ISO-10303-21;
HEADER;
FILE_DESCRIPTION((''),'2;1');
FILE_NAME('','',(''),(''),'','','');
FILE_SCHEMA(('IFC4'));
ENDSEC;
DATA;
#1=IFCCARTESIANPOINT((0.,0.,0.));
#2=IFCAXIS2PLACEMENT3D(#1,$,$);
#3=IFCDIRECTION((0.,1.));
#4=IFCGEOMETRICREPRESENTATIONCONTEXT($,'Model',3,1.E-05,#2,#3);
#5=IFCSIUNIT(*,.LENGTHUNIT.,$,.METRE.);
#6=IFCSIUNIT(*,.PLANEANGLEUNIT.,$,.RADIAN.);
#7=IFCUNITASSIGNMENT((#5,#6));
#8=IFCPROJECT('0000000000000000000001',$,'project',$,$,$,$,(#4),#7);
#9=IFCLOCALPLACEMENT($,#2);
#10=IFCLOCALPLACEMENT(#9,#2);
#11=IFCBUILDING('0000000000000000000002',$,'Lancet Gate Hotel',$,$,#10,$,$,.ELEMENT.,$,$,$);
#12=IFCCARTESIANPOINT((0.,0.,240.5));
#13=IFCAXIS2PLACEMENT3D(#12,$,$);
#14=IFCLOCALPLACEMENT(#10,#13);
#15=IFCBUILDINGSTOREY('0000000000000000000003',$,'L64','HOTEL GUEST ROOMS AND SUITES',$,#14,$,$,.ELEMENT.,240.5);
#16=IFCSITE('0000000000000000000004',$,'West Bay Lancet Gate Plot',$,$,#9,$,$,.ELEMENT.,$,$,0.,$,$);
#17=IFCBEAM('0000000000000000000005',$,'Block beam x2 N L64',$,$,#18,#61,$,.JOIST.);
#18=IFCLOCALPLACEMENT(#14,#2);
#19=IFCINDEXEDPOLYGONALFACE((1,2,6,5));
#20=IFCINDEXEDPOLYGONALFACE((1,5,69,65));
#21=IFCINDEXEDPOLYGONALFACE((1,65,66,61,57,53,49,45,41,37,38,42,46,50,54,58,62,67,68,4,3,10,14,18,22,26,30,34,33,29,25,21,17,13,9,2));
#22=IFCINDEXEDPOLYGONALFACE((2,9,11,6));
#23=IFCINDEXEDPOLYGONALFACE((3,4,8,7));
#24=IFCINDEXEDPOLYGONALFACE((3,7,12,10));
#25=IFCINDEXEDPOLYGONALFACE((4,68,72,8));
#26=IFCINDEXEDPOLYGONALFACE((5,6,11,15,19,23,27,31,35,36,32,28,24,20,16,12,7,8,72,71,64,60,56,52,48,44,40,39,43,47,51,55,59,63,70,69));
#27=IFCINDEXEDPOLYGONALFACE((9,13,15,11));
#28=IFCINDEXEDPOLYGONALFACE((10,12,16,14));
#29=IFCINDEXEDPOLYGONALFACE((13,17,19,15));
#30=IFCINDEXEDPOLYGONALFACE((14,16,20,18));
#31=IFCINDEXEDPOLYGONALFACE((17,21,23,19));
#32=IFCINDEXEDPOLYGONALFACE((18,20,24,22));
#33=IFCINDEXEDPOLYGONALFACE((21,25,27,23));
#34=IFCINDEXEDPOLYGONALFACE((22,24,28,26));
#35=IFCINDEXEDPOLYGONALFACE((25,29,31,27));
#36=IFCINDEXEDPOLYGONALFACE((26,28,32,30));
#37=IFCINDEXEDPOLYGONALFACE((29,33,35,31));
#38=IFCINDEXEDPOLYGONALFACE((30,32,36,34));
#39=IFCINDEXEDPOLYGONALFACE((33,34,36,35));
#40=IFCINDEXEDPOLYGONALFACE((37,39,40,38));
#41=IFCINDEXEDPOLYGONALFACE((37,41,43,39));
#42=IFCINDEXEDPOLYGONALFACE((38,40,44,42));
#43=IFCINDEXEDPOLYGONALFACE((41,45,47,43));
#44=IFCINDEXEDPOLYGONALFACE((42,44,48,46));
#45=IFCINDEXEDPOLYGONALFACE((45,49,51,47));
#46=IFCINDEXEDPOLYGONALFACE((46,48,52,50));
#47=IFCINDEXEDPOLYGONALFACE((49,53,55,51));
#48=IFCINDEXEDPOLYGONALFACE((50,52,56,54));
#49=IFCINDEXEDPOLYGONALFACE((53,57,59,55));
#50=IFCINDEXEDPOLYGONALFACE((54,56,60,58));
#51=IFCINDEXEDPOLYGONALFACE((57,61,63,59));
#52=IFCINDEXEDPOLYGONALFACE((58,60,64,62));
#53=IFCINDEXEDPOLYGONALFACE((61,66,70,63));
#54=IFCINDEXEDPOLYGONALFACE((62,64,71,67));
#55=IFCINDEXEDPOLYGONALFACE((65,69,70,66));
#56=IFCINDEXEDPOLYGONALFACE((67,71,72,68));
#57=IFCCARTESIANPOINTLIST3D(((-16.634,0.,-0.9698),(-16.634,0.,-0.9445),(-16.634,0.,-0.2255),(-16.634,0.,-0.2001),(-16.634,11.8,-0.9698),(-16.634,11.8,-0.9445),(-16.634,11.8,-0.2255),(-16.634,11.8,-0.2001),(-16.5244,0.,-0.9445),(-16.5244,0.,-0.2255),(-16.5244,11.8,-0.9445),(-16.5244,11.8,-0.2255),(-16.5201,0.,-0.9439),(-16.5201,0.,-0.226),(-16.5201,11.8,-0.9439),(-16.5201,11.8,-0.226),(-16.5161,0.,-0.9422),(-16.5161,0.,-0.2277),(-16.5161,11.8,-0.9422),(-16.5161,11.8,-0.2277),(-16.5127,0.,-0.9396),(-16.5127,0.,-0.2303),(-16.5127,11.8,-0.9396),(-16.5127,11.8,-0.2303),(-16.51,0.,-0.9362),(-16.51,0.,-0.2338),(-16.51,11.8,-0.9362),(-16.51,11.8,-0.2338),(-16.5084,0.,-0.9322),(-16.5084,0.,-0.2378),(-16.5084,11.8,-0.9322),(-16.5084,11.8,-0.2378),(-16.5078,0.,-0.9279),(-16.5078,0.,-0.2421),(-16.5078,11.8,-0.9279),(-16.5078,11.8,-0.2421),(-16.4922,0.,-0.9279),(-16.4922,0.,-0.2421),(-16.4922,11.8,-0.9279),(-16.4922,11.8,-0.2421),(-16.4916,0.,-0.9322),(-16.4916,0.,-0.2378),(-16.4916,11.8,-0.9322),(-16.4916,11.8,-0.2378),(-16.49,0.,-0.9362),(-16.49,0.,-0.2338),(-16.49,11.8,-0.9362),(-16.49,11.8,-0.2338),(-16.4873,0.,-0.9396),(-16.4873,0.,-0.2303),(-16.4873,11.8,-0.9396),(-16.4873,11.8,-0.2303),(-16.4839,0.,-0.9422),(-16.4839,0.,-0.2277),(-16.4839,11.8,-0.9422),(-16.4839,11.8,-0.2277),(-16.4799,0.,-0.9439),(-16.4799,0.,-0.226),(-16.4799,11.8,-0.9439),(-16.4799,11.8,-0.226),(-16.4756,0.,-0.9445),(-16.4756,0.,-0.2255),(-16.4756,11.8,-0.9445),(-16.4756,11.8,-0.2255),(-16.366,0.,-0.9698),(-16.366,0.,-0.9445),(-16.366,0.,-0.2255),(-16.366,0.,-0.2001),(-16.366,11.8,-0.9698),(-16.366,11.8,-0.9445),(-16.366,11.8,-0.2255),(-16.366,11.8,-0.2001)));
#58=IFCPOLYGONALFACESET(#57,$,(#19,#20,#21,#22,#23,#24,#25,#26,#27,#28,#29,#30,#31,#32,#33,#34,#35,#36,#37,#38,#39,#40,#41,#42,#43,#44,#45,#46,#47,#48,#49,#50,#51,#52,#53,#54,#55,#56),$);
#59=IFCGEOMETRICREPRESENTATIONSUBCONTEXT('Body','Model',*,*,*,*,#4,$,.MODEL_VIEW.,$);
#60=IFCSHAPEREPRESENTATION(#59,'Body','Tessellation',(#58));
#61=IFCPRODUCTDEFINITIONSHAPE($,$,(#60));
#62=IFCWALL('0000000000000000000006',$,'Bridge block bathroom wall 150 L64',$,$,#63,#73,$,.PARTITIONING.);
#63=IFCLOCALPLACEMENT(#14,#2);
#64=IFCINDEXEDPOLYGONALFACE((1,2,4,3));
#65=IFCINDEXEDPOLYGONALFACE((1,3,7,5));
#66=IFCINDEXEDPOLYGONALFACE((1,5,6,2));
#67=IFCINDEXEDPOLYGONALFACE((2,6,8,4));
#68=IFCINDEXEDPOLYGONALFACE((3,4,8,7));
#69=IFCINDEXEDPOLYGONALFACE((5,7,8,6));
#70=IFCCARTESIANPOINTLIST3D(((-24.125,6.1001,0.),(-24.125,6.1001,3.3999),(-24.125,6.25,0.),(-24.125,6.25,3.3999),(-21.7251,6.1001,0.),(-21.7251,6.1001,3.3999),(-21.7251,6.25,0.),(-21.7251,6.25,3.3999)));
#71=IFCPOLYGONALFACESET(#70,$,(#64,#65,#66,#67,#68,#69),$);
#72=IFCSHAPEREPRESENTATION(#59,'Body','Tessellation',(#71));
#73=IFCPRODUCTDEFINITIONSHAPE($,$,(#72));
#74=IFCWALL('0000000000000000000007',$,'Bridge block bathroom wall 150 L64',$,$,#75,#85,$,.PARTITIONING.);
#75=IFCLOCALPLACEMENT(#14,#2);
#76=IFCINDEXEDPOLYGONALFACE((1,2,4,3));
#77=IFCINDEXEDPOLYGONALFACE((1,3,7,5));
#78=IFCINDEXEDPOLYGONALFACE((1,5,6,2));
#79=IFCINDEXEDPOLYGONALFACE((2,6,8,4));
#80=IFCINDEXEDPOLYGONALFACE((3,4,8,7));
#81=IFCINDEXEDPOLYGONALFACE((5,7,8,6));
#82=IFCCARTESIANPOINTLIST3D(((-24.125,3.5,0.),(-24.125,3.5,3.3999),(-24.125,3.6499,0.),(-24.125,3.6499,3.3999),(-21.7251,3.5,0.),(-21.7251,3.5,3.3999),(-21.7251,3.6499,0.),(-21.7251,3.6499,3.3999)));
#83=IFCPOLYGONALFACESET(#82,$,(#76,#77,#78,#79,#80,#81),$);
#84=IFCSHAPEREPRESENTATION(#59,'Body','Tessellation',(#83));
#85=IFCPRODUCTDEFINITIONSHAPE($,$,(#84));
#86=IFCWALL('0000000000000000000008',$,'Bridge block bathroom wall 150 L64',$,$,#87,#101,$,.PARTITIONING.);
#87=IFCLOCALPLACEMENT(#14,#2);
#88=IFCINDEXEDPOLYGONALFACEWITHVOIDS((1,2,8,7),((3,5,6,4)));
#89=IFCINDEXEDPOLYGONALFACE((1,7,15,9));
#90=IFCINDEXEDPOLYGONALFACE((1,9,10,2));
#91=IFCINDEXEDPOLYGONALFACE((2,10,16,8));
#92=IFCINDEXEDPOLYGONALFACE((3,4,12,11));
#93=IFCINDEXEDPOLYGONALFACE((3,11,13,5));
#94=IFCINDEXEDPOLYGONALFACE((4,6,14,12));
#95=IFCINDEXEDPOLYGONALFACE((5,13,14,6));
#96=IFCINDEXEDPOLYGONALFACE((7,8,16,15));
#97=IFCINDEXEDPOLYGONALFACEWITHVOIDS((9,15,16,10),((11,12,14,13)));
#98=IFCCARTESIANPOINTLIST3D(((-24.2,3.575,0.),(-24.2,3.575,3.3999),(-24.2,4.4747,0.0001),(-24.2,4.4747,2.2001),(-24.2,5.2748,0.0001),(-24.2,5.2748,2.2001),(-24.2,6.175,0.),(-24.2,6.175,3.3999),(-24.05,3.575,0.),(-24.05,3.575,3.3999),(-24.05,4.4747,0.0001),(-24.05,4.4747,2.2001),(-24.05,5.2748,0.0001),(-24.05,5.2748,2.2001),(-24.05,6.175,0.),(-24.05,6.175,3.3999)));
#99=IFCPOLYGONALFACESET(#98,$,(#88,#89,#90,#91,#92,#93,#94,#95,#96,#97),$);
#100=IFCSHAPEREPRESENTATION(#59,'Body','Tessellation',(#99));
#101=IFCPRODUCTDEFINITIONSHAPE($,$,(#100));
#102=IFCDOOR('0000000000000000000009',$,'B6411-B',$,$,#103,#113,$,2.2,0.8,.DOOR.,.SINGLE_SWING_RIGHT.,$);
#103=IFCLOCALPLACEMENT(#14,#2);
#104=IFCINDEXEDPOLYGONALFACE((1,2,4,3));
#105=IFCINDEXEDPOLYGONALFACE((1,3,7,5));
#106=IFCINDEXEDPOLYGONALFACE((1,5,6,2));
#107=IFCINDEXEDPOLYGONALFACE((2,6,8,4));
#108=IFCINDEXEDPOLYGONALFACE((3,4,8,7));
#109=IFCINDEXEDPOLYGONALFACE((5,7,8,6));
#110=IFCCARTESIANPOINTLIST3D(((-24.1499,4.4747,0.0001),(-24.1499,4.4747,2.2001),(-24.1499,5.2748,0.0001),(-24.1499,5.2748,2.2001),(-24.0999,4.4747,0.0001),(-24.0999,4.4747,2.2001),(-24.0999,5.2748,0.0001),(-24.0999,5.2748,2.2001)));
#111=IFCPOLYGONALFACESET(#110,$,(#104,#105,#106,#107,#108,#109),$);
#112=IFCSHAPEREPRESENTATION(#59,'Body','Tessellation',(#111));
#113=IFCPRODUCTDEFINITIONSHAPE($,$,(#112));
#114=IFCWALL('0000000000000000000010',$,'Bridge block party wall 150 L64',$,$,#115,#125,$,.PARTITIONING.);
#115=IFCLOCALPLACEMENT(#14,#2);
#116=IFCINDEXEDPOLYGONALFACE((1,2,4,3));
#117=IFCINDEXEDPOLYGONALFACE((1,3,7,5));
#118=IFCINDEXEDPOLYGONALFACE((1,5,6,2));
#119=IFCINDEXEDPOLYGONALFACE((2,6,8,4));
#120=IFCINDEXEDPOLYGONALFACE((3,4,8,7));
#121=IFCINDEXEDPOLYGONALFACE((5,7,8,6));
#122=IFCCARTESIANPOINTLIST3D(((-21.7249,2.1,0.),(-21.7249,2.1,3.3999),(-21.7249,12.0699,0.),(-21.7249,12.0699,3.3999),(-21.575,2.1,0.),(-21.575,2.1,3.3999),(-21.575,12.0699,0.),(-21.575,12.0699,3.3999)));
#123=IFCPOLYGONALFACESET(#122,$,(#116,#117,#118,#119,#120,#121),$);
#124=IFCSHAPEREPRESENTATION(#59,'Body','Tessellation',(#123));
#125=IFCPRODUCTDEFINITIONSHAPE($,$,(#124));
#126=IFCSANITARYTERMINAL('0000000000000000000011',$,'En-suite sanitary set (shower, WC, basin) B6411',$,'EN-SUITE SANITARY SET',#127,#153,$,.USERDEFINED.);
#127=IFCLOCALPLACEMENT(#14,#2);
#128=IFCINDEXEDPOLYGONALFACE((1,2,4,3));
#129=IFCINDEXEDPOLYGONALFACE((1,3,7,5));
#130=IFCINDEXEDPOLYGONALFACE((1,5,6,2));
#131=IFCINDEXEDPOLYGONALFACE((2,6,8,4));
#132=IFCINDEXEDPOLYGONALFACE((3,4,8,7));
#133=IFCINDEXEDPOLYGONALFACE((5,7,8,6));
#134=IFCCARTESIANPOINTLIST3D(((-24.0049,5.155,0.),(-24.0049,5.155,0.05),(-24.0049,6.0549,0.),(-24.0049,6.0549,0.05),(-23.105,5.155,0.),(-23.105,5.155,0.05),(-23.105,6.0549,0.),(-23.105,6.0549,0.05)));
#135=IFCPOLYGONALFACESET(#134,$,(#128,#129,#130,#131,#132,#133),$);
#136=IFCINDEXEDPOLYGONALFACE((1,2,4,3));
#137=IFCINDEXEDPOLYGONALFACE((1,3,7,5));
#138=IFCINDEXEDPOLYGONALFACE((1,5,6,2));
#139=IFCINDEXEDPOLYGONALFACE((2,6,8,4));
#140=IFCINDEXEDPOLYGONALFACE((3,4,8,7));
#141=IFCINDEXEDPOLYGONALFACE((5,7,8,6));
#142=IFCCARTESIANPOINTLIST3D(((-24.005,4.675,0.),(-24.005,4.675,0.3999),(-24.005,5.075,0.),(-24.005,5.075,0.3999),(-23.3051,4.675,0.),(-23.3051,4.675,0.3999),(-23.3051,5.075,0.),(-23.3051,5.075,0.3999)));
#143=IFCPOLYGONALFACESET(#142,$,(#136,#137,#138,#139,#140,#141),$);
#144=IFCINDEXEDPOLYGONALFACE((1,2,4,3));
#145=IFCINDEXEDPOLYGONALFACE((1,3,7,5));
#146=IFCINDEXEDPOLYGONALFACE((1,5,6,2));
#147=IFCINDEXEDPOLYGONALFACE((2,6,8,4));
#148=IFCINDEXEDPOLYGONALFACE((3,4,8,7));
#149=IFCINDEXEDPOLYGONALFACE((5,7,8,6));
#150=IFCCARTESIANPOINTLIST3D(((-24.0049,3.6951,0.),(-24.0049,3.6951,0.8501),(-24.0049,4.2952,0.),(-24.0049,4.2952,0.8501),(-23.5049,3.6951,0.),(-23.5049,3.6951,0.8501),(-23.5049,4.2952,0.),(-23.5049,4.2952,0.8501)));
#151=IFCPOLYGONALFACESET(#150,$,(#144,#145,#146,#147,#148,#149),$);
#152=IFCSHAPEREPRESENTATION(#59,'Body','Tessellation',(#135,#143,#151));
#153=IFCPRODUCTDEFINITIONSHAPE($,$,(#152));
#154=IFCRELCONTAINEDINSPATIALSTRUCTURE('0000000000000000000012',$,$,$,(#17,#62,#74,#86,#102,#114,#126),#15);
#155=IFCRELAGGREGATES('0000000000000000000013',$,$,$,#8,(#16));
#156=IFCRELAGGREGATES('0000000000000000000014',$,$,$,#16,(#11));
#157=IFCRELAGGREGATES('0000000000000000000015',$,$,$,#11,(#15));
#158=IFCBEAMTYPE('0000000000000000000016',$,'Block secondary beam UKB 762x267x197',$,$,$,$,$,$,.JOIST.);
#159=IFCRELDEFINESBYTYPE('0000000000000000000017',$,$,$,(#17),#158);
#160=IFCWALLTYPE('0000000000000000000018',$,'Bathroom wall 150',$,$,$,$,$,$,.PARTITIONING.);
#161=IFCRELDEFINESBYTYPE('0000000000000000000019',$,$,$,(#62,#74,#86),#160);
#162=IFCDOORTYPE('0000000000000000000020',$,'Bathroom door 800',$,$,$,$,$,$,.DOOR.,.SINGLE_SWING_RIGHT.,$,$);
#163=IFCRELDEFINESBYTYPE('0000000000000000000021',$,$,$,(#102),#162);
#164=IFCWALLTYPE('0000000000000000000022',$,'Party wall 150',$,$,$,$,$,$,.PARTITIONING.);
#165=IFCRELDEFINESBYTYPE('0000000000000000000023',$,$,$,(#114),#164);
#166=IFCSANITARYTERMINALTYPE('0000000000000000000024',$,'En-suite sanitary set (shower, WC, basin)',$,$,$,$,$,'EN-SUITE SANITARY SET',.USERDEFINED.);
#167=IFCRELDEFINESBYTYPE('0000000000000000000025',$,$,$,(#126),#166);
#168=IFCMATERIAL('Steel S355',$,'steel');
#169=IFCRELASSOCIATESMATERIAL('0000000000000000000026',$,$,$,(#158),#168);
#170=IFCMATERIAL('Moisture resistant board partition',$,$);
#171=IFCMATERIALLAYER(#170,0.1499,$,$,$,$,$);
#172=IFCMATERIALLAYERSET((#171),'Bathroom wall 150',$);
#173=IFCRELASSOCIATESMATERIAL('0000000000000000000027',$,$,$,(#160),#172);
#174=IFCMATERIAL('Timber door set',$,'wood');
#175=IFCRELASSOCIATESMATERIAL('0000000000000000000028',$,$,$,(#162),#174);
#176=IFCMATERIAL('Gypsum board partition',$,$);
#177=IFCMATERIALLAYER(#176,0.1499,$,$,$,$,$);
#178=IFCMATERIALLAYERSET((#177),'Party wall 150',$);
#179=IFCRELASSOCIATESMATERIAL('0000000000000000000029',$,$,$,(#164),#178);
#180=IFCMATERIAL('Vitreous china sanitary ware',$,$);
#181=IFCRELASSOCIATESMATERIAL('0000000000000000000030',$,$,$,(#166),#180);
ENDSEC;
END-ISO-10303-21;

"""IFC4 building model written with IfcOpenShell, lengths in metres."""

from ifc_helpers import new_model, si_unit, direction, frame, frame_2d, origin, origin_2d, place, context, subcontext, project, spatial, rectangle, i_section, extrude, material, layer, layer_set, material_profile, profile_set, type_object, element, fill, save


model = new_model("IFC4")

# Units and contexts
model_context = context("Model", 3, precision=1e-05, world=origin(), true_north=direction((0.0, 1.0)))
body_context = subcontext(model_context, "Body", "Model", "MODEL_VIEW")
ifc_project = project(units=[si_unit("LENGTHUNIT", "METRE"), si_unit("PLANEANGLEUNIT", "RADIAN")], contexts=[model_context])

# Site, building, storey
site_placement = place(None, origin())
site = spatial("IfcSite", under=ifc_project, at=site_placement, Name="West Bay Lancet Gate Plot", CompositionType="ELEMENT", RefElevation=0.0)
building_placement = place(site_placement, origin())
building = spatial("IfcBuilding", under=site, at=building_placement, Name="Lancet Gate Hotel", CompositionType="ELEMENT")
storey_placement = place(building_placement, frame((0.0, 0.0, 240.5)))
storey = spatial("IfcBuildingStorey", under=building, at=storey_placement, Name="L64", Description="HOTEL GUEST ROOMS AND SUITES", CompositionType="ELEMENT", Elevation=240.5)

# Beam
ifc_material_1 = material(Name="Steel S355", Category="steel")
ifc_material_profile_1 = material_profile(ifc_material_1, i_section(OverallWidth=0.2681, OverallDepth=0.7698, WebThickness=0.0156, FlangeThickness=0.0254, FilletRadius=0.0166, at=origin_2d()), Name="UKB 762x267x197")
ifc_profile_set_1 = profile_set([ifc_material_profile_1], Name="Steel S355")
beam_type_1 = type_object("IfcBeamType", Name="Block secondary beam UKB 762x267x197", PredefinedType="JOIST", material=ifc_profile_set_1)
beam_1_placement = place(storey_placement, frame((-16.5, 0.0, -0.585), z_axis=(0.0, 1.0, 0.0), x_axis=(-1.0, 0.0, 0.0)))
element("IfcBeam", 1, at=beam_1_placement, inside=storey, type_object=beam_type_1, Name="Block beam x2 N L64", PredefinedType="JOIST", context=body_context, shape_type="SweptSolid", body=[
    extrude(i_section(OverallWidth=0.2681, OverallDepth=0.7698, WebThickness=0.0156, FlangeThickness=0.0254, FilletRadius=0.0166, at=origin_2d()), origin(), (0.0, 0.0, 1.0), 11.8),
])

# Walls
ifc_material_2 = material(Name="Moisture resistant board partition")
ifc_layer_1 = layer(ifc_material_2, 0.1499)
ifc_layer_set_1 = layer_set([ifc_layer_1], Name="Bathroom wall 150")
wall_type_1 = type_object("IfcWallType", Name="Bathroom wall 150", PredefinedType="PARTITIONING", material=ifc_layer_set_1)
for number, where, z_axis, x_axis, name in (
    (2, (-24.125, 6.175, 0.0), (0.0, 0.0, 1.0), (1.0, 0.0, 0.0), "Bridge block bathroom wall 150 L64"),
    (3, (-24.125, 3.575, 0.0), (0.0, 0.0, 1.0), (1.0, 0.0, 0.0), "Bridge block bathroom wall 150 L64"),
):
    element("IfcWall", number, at=place(storey_placement, frame(where, z_axis=z_axis, x_axis=x_axis)), inside=storey, type_object=wall_type_1, Name=name, PredefinedType="PARTITIONING", context=body_context, shape_type="SweptSolid", body=[
        extrude(rectangle(XDim=2.3999, YDim=0.1499, at=frame_2d((1.2, 0.0))), origin(), (0.0, 0.0, 1.0), 3.3999),
    ])

# Wall, opening, door
wall_1_placement = place(storey_placement, frame((-24.125, 3.575, 0.0), z_axis=(0.0, 0.0, 1.0), x_axis=(0.0, 1.0, 0.0)))
wall_1 = element("IfcWall", 4, at=wall_1_placement, inside=storey, type_object=wall_type_1, Name="Bridge block bathroom wall 150 L64", PredefinedType="PARTITIONING", context=body_context, shape_type="SweptSolid", body=[
    extrude(rectangle(XDim=2.6001, YDim=0.1499, at=frame_2d((1.3, 0.0))), origin(), (0.0, 0.0, 1.0), 3.3999),
])
opening_placement = place(wall_1_placement, frame((0.8999, 0.0, 0.0)))
opening = element("IfcOpeningElement", 5, at=opening_placement, cuts=wall_1, PredefinedType="OPENING", context=body_context, shape_type="SweptSolid", body=[
    extrude(rectangle(XDim=0.8, YDim=2.2, at=frame_2d((0.3999, 1.1001))), frame((0.0, 0.085, 0.0), z_axis=(0.0, -1.0, 0.0), x_axis=(1.0, 0.0, 0.0)), (0.0, 0.0, 1.0), 0.1699),
])
ifc_material_3 = material(Name="Timber door set", Category="wood")
door_type = type_object("IfcDoorType", Name="Bathroom door 800", OperationType="SINGLE_SWING_RIGHT", PredefinedType="DOOR", material=ifc_material_3)
door_placement = place(opening_placement, origin())
door = element("IfcDoor", 6, at=door_placement, inside=storey, type_object=door_type, Name="B6411-B", OperationType="SINGLE_SWING_RIGHT", OverallHeight=2.2, OverallWidth=0.8, PredefinedType="DOOR", context=body_context, shape_type="SweptSolid", body=[
    extrude(rectangle(XDim=0.8, YDim=2.2, at=frame_2d((0.3999, 1.1001))), frame((0.0, 0.0249, 0.0), z_axis=(0.0, -1.0, 0.0), x_axis=(1.0, 0.0, 0.0)), (0.0, 0.0, 1.0), 0.05),
])
fill(opening, door)

# Wall
ifc_material_4 = material(Name="Gypsum board partition")
ifc_layer_2 = layer(ifc_material_4, 0.1499)
ifc_layer_set_2 = layer_set([ifc_layer_2], Name="Party wall 150")
wall_type_2 = type_object("IfcWallType", Name="Party wall 150", PredefinedType="PARTITIONING", material=ifc_layer_set_2)
wall_2_placement = place(storey_placement, frame((-21.6499, 2.1001, 0.0), z_axis=(0.0, 0.0, 1.0), x_axis=(0.0, 1.0, 0.0)))
element("IfcWall", 7, at=wall_2_placement, inside=storey, type_object=wall_type_2, Name="Bridge block party wall 150 L64", PredefinedType="PARTITIONING", context=body_context, shape_type="SweptSolid", body=[
    extrude(rectangle(XDim=9.97, YDim=0.1499, at=frame_2d((4.9849, 0.0))), origin(), (0.0, 0.0, 1.0), 3.3999),
])

# Sanitary terminal
ifc_material_5 = material(Name="Vitreous china sanitary ware")
sanitary_terminal_type = type_object("IfcSanitaryTerminalType", Name="En-suite sanitary set (shower, WC, basin)", ElementType="EN-SUITE SANITARY SET", PredefinedType="USERDEFINED", material=ifc_material_5)
sanitary_terminal_placement = place(storey_placement, frame((-23.5549, 5.605, 0.0), z_axis=(0.0, 0.0, 1.0), x_axis=(1.0, 0.0, 0.0)))
element("IfcSanitaryTerminal", 8, at=sanitary_terminal_placement, inside=storey, type_object=sanitary_terminal_type, Name="En-suite sanitary set (shower, WC, basin) B6411", ObjectType="EN-SUITE SANITARY SET", PredefinedType="USERDEFINED", context=body_context, shape_type="SweptSolid", body=[
    extrude(rectangle(XDim=0.8999, YDim=0.8999, at=origin_2d()), frame((0.0, 0.0, 0.0), z_axis=(0.0, 0.0, 1.0), x_axis=(0.0, 1.0, 0.0)), (0.0, 0.0, 1.0), 0.05),
    extrude(rectangle(XDim=0.3999, YDim=0.7, at=origin_2d()), frame((-0.1001, -0.73, 0.0), z_axis=(0.0, 0.0, 1.0), x_axis=(0.0, 1.0, 0.0)), (0.0, 0.0, 1.0), 0.3999),
    extrude(rectangle(XDim=0.6001, YDim=0.5, at=origin_2d()), frame((-0.2, -1.6099, 0.0), z_axis=(0.0, 0.0, 1.0), x_axis=(0.0, 1.0, 0.0)), (0.0, 0.0, 1.0), 0.8501),
])

save(model, "model.ifc")
